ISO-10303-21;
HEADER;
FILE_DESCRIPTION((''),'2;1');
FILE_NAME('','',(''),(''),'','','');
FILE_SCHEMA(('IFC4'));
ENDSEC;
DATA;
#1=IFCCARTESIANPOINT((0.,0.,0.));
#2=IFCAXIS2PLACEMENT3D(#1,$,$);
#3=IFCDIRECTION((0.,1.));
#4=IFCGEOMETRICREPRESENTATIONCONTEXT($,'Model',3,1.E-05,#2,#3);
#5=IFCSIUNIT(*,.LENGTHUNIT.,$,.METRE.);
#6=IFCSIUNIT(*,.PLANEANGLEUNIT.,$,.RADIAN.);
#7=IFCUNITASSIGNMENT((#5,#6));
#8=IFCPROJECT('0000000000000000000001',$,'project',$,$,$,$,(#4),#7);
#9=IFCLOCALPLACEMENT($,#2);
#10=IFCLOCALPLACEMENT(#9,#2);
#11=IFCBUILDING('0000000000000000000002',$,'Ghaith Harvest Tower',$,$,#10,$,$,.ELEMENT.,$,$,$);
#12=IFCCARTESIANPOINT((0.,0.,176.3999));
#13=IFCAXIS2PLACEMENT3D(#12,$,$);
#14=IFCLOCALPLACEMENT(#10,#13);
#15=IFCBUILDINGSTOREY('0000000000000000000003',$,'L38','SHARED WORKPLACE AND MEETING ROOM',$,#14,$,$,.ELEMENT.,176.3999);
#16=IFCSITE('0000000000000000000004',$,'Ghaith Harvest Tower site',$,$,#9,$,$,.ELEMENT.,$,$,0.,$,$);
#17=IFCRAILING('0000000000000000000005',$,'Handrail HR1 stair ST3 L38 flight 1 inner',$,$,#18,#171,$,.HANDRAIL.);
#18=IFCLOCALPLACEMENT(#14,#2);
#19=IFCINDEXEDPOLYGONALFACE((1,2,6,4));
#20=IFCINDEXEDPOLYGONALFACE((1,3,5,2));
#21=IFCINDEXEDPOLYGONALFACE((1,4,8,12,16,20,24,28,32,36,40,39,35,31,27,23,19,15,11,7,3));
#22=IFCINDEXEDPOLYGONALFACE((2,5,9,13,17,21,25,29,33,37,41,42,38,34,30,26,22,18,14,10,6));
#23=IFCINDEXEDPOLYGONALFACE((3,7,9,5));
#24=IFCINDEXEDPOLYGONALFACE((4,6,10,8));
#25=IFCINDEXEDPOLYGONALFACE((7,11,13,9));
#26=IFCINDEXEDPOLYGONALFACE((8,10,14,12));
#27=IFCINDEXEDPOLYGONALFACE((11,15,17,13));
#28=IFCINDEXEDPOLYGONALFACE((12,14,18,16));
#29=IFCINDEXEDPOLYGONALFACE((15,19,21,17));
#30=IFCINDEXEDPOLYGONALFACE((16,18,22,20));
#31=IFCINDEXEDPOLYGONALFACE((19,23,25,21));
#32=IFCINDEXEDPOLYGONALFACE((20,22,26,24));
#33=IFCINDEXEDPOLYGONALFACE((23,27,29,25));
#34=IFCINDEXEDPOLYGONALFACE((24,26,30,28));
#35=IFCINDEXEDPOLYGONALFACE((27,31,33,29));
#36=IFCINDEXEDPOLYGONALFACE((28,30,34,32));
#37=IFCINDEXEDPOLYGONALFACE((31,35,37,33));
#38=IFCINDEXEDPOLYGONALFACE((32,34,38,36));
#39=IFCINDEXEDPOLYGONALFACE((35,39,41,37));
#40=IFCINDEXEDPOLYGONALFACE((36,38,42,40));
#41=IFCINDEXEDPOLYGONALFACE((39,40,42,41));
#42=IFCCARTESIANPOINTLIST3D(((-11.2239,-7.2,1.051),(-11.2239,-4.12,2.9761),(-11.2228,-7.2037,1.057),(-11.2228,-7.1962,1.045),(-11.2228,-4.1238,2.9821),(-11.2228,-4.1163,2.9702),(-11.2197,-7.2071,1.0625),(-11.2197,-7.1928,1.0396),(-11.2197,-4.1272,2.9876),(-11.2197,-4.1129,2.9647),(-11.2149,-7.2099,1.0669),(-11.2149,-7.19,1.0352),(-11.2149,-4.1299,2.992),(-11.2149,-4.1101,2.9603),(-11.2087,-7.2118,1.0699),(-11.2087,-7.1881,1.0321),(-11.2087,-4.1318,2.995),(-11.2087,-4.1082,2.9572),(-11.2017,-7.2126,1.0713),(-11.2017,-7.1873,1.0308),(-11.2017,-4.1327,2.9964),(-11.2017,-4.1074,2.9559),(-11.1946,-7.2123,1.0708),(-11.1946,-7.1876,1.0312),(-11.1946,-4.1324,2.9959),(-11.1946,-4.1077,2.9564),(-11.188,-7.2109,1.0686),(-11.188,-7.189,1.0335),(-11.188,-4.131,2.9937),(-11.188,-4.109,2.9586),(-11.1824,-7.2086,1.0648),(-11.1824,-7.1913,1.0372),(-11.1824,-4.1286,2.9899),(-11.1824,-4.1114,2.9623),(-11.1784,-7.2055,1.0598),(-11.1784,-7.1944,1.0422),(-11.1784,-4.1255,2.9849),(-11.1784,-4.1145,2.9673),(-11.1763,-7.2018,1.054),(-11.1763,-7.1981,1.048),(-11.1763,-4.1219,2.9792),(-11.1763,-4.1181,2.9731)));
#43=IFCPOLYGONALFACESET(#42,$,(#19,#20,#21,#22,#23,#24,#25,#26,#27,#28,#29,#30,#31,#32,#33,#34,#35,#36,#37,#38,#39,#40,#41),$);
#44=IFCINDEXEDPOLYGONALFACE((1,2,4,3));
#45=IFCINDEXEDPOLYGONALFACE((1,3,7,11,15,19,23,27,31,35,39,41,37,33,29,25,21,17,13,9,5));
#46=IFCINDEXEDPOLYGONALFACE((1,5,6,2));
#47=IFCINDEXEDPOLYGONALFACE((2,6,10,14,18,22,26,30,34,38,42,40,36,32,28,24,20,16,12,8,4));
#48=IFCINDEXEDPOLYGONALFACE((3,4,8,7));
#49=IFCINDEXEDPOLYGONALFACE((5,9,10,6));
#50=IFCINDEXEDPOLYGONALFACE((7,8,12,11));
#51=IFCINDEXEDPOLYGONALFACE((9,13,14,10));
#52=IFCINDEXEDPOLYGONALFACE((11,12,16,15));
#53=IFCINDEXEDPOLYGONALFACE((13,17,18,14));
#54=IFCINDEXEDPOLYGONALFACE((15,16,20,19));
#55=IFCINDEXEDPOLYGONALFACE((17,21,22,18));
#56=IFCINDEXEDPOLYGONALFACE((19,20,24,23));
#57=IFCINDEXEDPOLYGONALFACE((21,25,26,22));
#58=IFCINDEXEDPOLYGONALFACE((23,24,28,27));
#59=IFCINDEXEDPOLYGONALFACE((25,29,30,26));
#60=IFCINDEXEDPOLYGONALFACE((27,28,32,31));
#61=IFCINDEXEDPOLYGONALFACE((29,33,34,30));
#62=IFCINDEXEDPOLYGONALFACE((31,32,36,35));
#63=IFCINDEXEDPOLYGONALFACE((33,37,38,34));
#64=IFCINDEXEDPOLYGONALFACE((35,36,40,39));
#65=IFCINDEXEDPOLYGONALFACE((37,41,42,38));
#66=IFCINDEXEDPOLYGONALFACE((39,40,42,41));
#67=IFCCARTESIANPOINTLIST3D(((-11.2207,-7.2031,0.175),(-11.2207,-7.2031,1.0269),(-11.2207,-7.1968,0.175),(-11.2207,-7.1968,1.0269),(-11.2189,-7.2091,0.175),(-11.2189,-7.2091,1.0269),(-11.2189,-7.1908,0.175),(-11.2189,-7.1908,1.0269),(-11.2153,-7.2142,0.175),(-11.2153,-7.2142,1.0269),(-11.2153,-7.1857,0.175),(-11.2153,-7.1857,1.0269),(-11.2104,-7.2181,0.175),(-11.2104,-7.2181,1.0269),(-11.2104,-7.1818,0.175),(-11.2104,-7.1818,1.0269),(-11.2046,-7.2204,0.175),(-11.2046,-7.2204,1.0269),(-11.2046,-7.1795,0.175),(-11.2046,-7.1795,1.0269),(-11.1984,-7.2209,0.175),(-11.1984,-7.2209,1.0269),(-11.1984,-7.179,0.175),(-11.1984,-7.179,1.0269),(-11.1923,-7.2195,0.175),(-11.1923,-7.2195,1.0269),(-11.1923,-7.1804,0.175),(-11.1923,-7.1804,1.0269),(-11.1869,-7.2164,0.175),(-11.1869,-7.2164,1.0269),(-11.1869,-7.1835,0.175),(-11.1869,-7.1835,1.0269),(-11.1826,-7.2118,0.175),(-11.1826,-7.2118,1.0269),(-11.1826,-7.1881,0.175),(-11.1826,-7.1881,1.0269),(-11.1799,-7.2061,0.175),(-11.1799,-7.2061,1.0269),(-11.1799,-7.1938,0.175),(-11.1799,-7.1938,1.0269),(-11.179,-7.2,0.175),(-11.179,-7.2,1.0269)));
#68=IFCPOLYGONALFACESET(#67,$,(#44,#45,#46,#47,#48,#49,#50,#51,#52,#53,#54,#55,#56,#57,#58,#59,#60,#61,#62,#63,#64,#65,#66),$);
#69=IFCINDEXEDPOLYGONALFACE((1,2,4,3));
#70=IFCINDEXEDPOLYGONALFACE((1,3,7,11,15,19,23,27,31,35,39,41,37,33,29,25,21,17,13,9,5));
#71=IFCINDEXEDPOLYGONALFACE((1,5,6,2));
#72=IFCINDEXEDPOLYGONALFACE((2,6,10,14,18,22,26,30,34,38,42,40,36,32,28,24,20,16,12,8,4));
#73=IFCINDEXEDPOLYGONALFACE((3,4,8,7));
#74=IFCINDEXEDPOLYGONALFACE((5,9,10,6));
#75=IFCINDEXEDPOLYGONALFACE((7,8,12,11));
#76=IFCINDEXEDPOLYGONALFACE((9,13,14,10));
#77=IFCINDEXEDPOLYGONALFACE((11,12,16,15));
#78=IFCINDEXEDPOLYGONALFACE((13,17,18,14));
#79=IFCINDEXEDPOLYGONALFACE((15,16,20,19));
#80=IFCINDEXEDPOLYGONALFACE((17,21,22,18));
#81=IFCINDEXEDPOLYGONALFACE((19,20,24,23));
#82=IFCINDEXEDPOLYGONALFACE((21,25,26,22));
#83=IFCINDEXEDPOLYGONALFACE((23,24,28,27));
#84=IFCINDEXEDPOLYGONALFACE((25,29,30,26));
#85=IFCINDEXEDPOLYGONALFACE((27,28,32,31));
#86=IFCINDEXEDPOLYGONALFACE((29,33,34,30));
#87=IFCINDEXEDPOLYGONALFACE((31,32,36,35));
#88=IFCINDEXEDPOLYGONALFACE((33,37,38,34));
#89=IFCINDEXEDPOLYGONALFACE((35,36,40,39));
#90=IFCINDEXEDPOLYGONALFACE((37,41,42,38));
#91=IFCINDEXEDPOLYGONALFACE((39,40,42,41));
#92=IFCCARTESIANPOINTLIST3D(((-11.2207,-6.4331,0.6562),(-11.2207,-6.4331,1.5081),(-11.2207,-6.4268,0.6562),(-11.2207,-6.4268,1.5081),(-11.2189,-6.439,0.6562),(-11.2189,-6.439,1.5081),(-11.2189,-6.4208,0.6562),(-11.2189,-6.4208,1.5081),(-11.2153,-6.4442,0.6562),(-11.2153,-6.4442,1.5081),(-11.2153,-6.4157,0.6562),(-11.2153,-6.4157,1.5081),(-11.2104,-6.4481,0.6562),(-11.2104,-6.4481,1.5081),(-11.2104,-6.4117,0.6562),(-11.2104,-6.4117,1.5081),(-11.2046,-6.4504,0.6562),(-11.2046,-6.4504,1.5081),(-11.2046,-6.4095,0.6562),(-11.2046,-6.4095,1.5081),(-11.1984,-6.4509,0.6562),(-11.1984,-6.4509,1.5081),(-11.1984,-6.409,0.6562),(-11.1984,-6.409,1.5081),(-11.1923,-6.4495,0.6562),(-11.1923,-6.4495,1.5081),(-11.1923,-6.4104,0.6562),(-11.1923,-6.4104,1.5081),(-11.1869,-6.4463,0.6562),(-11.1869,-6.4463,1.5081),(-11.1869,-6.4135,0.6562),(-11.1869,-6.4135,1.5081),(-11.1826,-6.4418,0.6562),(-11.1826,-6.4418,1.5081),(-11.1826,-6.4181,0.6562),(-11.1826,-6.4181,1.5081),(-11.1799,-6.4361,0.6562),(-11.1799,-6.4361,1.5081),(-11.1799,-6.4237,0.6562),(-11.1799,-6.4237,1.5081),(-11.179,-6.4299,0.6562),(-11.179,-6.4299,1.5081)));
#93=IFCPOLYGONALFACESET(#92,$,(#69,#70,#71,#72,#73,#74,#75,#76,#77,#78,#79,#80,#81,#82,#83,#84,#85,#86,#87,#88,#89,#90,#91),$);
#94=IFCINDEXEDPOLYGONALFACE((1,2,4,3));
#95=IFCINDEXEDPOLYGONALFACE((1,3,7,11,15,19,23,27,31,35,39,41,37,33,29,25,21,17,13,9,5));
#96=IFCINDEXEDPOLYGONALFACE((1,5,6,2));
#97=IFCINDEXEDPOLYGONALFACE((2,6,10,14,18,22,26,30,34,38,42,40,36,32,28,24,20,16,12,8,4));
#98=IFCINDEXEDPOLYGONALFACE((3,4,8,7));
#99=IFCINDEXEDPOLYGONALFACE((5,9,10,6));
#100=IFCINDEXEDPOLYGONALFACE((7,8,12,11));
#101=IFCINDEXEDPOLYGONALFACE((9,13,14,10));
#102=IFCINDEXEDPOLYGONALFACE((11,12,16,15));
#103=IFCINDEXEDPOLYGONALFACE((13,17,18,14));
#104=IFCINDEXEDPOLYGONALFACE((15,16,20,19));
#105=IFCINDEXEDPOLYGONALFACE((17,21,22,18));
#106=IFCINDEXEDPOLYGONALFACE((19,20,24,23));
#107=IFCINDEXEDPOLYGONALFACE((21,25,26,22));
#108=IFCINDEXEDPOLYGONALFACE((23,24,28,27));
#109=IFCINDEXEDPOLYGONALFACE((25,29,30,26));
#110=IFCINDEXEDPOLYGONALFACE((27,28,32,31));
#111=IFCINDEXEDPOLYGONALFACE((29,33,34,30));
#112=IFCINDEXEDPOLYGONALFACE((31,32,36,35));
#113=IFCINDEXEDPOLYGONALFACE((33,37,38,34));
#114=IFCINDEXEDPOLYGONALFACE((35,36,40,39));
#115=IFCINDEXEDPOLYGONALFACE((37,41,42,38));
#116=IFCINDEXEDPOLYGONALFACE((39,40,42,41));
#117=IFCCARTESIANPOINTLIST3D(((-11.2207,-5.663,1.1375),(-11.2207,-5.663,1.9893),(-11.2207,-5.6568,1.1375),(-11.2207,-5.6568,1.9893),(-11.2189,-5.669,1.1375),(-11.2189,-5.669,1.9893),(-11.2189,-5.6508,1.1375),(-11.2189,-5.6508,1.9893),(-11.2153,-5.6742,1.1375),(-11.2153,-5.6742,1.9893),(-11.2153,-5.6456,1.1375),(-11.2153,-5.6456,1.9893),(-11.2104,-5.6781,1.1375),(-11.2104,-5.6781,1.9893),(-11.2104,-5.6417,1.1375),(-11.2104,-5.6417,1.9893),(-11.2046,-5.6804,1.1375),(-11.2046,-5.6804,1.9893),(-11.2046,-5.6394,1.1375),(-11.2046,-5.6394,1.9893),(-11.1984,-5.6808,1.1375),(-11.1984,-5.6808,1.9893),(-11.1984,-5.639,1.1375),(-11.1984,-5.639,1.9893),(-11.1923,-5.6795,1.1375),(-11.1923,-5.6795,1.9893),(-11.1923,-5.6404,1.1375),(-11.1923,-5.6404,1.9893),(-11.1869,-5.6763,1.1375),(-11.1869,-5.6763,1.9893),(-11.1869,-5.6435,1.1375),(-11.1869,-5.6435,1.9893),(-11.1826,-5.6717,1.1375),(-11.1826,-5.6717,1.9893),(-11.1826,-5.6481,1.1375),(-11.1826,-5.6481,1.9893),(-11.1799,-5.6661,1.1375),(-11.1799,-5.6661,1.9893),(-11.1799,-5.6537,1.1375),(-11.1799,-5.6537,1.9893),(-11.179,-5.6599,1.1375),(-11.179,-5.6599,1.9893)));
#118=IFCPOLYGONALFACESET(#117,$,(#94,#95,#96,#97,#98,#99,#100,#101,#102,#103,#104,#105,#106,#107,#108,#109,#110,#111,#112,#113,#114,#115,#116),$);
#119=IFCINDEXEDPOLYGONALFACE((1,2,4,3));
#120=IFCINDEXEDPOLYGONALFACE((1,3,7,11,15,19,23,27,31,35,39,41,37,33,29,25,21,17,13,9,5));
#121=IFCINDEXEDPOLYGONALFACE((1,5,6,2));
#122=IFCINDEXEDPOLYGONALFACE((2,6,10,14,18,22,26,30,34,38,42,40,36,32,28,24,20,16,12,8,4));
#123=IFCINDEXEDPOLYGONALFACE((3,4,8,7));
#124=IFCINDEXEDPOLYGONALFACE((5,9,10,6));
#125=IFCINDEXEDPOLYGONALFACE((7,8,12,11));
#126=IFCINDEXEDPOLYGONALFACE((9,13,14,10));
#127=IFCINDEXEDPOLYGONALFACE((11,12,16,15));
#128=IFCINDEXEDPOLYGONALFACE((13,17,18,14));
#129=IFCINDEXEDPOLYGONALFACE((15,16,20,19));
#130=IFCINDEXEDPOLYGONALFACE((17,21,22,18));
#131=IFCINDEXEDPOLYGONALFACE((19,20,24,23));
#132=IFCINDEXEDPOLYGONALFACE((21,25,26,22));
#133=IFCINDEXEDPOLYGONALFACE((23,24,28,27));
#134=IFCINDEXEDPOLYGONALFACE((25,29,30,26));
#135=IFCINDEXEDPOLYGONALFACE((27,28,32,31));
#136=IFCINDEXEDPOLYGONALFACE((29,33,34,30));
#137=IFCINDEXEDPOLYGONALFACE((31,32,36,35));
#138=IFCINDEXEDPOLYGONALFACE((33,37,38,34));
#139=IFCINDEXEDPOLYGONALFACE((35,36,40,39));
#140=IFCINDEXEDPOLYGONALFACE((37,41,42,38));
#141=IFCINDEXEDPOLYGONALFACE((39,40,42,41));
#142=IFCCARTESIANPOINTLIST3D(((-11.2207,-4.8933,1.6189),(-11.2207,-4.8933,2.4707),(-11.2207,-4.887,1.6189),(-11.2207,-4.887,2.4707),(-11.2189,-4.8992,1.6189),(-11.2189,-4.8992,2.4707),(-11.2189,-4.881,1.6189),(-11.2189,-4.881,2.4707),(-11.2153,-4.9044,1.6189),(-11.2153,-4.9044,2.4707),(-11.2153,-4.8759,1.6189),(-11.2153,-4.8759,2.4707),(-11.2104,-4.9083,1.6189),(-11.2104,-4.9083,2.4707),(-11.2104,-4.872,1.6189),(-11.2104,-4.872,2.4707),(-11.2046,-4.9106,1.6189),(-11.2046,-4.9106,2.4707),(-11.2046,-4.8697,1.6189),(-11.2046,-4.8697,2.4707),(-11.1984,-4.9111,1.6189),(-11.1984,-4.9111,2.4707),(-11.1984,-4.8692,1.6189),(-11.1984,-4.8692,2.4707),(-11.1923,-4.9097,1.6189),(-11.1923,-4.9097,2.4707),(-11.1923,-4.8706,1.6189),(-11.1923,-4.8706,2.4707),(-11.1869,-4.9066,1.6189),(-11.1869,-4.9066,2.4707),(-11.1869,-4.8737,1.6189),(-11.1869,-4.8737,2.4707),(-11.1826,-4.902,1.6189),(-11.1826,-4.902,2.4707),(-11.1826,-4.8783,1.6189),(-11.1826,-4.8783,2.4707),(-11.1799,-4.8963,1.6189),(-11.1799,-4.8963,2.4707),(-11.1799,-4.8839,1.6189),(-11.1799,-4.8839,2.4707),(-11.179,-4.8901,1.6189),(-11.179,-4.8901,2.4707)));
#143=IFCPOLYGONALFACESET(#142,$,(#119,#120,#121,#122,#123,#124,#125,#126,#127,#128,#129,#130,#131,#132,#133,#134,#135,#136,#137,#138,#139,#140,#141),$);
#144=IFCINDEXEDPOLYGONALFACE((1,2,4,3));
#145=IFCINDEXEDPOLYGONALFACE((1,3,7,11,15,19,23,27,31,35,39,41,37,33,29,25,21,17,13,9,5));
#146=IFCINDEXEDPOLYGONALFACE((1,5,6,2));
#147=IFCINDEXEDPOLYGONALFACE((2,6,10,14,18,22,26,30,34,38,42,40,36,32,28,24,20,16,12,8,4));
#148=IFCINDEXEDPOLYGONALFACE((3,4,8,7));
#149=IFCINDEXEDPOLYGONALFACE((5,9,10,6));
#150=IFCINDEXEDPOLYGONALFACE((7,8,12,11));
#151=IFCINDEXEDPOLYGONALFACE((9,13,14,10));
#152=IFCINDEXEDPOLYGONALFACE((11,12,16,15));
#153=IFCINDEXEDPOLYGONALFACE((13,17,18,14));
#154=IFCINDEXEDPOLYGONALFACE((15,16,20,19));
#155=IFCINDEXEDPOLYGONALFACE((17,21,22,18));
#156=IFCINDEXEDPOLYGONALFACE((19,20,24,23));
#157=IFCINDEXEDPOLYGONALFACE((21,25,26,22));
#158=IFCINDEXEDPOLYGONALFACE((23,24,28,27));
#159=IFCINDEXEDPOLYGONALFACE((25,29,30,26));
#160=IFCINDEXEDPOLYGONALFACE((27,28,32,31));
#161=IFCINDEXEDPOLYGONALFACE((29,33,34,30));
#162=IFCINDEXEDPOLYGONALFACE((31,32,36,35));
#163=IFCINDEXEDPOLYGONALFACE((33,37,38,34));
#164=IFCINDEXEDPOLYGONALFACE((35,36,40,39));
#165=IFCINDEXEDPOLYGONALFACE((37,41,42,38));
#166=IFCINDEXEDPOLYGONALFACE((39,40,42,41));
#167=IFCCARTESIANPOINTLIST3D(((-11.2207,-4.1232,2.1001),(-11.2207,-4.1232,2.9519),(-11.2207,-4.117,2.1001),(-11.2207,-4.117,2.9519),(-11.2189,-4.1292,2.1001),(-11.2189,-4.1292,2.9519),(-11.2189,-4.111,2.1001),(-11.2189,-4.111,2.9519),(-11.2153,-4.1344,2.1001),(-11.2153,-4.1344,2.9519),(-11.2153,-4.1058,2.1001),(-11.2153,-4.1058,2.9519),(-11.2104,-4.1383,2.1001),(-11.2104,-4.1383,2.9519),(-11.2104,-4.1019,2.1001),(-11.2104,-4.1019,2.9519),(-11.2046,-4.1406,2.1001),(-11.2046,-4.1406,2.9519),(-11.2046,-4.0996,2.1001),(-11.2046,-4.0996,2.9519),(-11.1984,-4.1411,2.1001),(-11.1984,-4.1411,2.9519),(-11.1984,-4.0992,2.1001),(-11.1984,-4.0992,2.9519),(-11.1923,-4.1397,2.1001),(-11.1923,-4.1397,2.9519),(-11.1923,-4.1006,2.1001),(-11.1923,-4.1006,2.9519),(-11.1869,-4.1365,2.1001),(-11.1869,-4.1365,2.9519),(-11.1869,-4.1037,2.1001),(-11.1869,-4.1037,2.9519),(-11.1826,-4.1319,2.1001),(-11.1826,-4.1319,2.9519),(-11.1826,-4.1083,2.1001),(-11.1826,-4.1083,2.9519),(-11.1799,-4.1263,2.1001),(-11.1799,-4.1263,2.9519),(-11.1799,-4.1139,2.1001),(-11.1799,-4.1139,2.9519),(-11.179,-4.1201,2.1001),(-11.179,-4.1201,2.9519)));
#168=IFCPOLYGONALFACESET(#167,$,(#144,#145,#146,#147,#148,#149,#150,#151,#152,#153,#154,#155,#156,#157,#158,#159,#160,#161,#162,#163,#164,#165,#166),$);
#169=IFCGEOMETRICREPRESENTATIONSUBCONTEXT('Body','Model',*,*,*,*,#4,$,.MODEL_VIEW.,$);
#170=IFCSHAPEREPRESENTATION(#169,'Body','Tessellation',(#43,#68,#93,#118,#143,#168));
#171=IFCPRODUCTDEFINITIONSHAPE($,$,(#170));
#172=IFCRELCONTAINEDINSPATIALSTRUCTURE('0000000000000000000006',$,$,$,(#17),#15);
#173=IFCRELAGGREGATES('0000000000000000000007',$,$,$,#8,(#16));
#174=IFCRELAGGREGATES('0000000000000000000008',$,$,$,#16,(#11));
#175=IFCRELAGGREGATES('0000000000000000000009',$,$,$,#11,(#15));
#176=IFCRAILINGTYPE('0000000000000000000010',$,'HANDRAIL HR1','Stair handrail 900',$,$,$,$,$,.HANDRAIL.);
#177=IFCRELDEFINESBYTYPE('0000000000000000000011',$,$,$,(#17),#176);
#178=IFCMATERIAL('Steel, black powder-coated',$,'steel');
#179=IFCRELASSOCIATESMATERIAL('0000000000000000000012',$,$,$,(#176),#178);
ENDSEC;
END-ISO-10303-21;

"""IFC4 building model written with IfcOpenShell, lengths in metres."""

from ifc_helpers import new_model, si_unit, direction, frame, origin, origin_2d, place, context, subcontext, project, spatial, circle, extrude, material, type_object, element, save


model = new_model("IFC4")

# Units and contexts
model_context = context("Model", 3, precision=1e-05, world=origin(), true_north=direction((0.0, 1.0)))
body_context = subcontext(model_context, "Body", "Model", "MODEL_VIEW")
ifc_project = project(units=[si_unit("LENGTHUNIT", "METRE"), si_unit("PLANEANGLEUNIT", "RADIAN")], contexts=[model_context])

# Site, building, storey
site_placement = place(None, origin())
site = spatial("IfcSite", under=ifc_project, at=site_placement, Name="Ghaith Harvest Tower site", CompositionType="ELEMENT", RefElevation=0.0)
building_placement = place(site_placement, origin())
building = spatial("IfcBuilding", under=site, at=building_placement, Name="Ghaith Harvest Tower", CompositionType="ELEMENT")
storey_placement = place(building_placement, frame((0.0, 0.0, 176.3999)))
storey = spatial("IfcBuildingStorey", under=building, at=storey_placement, Name="L38", Description="SHARED WORKPLACE AND MEETING ROOM", CompositionType="ELEMENT", Elevation=176.3999)

# Railing
ifc_material_1 = material(Name="Steel, black powder-coated", Category="steel")
railing_type = type_object("IfcRailingType", Name="HANDRAIL HR1", Description="Stair handrail 900", PredefinedType="HANDRAIL", material=ifc_material_1)
railing_1_placement = place(storey_placement, frame((-11.2, -7.2, 0.175)))
element("IfcRailing", 1, at=railing_1_placement, inside=storey, type_object=railing_type, Name="Handrail HR1 stair ST3 L38 flight 1 inner", PredefinedType="HANDRAIL", context=body_context, shape_type="SweptSolid", body=[
    extrude(circle(Radius=0.0239, at=origin_2d()), frame((0.0, 0.0, 0.876), z_axis=(0.0, 0.847979, 0.530029), x_axis=(-1.0, 0.0, 0.0)), (0.0, 0.0, 1.0), 3.6321),
    extrude(circle(Radius=0.021, at=origin_2d()), origin(), (0.0, 0.0, 1.0), 0.8518),
    extrude(circle(Radius=0.021, at=origin_2d()), frame((0.0, 0.77, 0.4812)), (0.0, 0.0, 1.0), 0.8518),
    extrude(circle(Radius=0.021, at=origin_2d()), frame((0.0, 1.54, 0.9624)), (0.0, 0.0, 1.0), 0.8518),
    extrude(circle(Radius=0.021, at=origin_2d()), frame((0.0, 2.3098, 1.4438)), (0.0, 0.0, 1.0), 0.8518),
    extrude(circle(Radius=0.021, at=origin_2d()), frame((0.0, 3.0798, 1.925)), (0.0, 0.0, 1.0), 0.8518),
])

save(model, "model.ifc")
